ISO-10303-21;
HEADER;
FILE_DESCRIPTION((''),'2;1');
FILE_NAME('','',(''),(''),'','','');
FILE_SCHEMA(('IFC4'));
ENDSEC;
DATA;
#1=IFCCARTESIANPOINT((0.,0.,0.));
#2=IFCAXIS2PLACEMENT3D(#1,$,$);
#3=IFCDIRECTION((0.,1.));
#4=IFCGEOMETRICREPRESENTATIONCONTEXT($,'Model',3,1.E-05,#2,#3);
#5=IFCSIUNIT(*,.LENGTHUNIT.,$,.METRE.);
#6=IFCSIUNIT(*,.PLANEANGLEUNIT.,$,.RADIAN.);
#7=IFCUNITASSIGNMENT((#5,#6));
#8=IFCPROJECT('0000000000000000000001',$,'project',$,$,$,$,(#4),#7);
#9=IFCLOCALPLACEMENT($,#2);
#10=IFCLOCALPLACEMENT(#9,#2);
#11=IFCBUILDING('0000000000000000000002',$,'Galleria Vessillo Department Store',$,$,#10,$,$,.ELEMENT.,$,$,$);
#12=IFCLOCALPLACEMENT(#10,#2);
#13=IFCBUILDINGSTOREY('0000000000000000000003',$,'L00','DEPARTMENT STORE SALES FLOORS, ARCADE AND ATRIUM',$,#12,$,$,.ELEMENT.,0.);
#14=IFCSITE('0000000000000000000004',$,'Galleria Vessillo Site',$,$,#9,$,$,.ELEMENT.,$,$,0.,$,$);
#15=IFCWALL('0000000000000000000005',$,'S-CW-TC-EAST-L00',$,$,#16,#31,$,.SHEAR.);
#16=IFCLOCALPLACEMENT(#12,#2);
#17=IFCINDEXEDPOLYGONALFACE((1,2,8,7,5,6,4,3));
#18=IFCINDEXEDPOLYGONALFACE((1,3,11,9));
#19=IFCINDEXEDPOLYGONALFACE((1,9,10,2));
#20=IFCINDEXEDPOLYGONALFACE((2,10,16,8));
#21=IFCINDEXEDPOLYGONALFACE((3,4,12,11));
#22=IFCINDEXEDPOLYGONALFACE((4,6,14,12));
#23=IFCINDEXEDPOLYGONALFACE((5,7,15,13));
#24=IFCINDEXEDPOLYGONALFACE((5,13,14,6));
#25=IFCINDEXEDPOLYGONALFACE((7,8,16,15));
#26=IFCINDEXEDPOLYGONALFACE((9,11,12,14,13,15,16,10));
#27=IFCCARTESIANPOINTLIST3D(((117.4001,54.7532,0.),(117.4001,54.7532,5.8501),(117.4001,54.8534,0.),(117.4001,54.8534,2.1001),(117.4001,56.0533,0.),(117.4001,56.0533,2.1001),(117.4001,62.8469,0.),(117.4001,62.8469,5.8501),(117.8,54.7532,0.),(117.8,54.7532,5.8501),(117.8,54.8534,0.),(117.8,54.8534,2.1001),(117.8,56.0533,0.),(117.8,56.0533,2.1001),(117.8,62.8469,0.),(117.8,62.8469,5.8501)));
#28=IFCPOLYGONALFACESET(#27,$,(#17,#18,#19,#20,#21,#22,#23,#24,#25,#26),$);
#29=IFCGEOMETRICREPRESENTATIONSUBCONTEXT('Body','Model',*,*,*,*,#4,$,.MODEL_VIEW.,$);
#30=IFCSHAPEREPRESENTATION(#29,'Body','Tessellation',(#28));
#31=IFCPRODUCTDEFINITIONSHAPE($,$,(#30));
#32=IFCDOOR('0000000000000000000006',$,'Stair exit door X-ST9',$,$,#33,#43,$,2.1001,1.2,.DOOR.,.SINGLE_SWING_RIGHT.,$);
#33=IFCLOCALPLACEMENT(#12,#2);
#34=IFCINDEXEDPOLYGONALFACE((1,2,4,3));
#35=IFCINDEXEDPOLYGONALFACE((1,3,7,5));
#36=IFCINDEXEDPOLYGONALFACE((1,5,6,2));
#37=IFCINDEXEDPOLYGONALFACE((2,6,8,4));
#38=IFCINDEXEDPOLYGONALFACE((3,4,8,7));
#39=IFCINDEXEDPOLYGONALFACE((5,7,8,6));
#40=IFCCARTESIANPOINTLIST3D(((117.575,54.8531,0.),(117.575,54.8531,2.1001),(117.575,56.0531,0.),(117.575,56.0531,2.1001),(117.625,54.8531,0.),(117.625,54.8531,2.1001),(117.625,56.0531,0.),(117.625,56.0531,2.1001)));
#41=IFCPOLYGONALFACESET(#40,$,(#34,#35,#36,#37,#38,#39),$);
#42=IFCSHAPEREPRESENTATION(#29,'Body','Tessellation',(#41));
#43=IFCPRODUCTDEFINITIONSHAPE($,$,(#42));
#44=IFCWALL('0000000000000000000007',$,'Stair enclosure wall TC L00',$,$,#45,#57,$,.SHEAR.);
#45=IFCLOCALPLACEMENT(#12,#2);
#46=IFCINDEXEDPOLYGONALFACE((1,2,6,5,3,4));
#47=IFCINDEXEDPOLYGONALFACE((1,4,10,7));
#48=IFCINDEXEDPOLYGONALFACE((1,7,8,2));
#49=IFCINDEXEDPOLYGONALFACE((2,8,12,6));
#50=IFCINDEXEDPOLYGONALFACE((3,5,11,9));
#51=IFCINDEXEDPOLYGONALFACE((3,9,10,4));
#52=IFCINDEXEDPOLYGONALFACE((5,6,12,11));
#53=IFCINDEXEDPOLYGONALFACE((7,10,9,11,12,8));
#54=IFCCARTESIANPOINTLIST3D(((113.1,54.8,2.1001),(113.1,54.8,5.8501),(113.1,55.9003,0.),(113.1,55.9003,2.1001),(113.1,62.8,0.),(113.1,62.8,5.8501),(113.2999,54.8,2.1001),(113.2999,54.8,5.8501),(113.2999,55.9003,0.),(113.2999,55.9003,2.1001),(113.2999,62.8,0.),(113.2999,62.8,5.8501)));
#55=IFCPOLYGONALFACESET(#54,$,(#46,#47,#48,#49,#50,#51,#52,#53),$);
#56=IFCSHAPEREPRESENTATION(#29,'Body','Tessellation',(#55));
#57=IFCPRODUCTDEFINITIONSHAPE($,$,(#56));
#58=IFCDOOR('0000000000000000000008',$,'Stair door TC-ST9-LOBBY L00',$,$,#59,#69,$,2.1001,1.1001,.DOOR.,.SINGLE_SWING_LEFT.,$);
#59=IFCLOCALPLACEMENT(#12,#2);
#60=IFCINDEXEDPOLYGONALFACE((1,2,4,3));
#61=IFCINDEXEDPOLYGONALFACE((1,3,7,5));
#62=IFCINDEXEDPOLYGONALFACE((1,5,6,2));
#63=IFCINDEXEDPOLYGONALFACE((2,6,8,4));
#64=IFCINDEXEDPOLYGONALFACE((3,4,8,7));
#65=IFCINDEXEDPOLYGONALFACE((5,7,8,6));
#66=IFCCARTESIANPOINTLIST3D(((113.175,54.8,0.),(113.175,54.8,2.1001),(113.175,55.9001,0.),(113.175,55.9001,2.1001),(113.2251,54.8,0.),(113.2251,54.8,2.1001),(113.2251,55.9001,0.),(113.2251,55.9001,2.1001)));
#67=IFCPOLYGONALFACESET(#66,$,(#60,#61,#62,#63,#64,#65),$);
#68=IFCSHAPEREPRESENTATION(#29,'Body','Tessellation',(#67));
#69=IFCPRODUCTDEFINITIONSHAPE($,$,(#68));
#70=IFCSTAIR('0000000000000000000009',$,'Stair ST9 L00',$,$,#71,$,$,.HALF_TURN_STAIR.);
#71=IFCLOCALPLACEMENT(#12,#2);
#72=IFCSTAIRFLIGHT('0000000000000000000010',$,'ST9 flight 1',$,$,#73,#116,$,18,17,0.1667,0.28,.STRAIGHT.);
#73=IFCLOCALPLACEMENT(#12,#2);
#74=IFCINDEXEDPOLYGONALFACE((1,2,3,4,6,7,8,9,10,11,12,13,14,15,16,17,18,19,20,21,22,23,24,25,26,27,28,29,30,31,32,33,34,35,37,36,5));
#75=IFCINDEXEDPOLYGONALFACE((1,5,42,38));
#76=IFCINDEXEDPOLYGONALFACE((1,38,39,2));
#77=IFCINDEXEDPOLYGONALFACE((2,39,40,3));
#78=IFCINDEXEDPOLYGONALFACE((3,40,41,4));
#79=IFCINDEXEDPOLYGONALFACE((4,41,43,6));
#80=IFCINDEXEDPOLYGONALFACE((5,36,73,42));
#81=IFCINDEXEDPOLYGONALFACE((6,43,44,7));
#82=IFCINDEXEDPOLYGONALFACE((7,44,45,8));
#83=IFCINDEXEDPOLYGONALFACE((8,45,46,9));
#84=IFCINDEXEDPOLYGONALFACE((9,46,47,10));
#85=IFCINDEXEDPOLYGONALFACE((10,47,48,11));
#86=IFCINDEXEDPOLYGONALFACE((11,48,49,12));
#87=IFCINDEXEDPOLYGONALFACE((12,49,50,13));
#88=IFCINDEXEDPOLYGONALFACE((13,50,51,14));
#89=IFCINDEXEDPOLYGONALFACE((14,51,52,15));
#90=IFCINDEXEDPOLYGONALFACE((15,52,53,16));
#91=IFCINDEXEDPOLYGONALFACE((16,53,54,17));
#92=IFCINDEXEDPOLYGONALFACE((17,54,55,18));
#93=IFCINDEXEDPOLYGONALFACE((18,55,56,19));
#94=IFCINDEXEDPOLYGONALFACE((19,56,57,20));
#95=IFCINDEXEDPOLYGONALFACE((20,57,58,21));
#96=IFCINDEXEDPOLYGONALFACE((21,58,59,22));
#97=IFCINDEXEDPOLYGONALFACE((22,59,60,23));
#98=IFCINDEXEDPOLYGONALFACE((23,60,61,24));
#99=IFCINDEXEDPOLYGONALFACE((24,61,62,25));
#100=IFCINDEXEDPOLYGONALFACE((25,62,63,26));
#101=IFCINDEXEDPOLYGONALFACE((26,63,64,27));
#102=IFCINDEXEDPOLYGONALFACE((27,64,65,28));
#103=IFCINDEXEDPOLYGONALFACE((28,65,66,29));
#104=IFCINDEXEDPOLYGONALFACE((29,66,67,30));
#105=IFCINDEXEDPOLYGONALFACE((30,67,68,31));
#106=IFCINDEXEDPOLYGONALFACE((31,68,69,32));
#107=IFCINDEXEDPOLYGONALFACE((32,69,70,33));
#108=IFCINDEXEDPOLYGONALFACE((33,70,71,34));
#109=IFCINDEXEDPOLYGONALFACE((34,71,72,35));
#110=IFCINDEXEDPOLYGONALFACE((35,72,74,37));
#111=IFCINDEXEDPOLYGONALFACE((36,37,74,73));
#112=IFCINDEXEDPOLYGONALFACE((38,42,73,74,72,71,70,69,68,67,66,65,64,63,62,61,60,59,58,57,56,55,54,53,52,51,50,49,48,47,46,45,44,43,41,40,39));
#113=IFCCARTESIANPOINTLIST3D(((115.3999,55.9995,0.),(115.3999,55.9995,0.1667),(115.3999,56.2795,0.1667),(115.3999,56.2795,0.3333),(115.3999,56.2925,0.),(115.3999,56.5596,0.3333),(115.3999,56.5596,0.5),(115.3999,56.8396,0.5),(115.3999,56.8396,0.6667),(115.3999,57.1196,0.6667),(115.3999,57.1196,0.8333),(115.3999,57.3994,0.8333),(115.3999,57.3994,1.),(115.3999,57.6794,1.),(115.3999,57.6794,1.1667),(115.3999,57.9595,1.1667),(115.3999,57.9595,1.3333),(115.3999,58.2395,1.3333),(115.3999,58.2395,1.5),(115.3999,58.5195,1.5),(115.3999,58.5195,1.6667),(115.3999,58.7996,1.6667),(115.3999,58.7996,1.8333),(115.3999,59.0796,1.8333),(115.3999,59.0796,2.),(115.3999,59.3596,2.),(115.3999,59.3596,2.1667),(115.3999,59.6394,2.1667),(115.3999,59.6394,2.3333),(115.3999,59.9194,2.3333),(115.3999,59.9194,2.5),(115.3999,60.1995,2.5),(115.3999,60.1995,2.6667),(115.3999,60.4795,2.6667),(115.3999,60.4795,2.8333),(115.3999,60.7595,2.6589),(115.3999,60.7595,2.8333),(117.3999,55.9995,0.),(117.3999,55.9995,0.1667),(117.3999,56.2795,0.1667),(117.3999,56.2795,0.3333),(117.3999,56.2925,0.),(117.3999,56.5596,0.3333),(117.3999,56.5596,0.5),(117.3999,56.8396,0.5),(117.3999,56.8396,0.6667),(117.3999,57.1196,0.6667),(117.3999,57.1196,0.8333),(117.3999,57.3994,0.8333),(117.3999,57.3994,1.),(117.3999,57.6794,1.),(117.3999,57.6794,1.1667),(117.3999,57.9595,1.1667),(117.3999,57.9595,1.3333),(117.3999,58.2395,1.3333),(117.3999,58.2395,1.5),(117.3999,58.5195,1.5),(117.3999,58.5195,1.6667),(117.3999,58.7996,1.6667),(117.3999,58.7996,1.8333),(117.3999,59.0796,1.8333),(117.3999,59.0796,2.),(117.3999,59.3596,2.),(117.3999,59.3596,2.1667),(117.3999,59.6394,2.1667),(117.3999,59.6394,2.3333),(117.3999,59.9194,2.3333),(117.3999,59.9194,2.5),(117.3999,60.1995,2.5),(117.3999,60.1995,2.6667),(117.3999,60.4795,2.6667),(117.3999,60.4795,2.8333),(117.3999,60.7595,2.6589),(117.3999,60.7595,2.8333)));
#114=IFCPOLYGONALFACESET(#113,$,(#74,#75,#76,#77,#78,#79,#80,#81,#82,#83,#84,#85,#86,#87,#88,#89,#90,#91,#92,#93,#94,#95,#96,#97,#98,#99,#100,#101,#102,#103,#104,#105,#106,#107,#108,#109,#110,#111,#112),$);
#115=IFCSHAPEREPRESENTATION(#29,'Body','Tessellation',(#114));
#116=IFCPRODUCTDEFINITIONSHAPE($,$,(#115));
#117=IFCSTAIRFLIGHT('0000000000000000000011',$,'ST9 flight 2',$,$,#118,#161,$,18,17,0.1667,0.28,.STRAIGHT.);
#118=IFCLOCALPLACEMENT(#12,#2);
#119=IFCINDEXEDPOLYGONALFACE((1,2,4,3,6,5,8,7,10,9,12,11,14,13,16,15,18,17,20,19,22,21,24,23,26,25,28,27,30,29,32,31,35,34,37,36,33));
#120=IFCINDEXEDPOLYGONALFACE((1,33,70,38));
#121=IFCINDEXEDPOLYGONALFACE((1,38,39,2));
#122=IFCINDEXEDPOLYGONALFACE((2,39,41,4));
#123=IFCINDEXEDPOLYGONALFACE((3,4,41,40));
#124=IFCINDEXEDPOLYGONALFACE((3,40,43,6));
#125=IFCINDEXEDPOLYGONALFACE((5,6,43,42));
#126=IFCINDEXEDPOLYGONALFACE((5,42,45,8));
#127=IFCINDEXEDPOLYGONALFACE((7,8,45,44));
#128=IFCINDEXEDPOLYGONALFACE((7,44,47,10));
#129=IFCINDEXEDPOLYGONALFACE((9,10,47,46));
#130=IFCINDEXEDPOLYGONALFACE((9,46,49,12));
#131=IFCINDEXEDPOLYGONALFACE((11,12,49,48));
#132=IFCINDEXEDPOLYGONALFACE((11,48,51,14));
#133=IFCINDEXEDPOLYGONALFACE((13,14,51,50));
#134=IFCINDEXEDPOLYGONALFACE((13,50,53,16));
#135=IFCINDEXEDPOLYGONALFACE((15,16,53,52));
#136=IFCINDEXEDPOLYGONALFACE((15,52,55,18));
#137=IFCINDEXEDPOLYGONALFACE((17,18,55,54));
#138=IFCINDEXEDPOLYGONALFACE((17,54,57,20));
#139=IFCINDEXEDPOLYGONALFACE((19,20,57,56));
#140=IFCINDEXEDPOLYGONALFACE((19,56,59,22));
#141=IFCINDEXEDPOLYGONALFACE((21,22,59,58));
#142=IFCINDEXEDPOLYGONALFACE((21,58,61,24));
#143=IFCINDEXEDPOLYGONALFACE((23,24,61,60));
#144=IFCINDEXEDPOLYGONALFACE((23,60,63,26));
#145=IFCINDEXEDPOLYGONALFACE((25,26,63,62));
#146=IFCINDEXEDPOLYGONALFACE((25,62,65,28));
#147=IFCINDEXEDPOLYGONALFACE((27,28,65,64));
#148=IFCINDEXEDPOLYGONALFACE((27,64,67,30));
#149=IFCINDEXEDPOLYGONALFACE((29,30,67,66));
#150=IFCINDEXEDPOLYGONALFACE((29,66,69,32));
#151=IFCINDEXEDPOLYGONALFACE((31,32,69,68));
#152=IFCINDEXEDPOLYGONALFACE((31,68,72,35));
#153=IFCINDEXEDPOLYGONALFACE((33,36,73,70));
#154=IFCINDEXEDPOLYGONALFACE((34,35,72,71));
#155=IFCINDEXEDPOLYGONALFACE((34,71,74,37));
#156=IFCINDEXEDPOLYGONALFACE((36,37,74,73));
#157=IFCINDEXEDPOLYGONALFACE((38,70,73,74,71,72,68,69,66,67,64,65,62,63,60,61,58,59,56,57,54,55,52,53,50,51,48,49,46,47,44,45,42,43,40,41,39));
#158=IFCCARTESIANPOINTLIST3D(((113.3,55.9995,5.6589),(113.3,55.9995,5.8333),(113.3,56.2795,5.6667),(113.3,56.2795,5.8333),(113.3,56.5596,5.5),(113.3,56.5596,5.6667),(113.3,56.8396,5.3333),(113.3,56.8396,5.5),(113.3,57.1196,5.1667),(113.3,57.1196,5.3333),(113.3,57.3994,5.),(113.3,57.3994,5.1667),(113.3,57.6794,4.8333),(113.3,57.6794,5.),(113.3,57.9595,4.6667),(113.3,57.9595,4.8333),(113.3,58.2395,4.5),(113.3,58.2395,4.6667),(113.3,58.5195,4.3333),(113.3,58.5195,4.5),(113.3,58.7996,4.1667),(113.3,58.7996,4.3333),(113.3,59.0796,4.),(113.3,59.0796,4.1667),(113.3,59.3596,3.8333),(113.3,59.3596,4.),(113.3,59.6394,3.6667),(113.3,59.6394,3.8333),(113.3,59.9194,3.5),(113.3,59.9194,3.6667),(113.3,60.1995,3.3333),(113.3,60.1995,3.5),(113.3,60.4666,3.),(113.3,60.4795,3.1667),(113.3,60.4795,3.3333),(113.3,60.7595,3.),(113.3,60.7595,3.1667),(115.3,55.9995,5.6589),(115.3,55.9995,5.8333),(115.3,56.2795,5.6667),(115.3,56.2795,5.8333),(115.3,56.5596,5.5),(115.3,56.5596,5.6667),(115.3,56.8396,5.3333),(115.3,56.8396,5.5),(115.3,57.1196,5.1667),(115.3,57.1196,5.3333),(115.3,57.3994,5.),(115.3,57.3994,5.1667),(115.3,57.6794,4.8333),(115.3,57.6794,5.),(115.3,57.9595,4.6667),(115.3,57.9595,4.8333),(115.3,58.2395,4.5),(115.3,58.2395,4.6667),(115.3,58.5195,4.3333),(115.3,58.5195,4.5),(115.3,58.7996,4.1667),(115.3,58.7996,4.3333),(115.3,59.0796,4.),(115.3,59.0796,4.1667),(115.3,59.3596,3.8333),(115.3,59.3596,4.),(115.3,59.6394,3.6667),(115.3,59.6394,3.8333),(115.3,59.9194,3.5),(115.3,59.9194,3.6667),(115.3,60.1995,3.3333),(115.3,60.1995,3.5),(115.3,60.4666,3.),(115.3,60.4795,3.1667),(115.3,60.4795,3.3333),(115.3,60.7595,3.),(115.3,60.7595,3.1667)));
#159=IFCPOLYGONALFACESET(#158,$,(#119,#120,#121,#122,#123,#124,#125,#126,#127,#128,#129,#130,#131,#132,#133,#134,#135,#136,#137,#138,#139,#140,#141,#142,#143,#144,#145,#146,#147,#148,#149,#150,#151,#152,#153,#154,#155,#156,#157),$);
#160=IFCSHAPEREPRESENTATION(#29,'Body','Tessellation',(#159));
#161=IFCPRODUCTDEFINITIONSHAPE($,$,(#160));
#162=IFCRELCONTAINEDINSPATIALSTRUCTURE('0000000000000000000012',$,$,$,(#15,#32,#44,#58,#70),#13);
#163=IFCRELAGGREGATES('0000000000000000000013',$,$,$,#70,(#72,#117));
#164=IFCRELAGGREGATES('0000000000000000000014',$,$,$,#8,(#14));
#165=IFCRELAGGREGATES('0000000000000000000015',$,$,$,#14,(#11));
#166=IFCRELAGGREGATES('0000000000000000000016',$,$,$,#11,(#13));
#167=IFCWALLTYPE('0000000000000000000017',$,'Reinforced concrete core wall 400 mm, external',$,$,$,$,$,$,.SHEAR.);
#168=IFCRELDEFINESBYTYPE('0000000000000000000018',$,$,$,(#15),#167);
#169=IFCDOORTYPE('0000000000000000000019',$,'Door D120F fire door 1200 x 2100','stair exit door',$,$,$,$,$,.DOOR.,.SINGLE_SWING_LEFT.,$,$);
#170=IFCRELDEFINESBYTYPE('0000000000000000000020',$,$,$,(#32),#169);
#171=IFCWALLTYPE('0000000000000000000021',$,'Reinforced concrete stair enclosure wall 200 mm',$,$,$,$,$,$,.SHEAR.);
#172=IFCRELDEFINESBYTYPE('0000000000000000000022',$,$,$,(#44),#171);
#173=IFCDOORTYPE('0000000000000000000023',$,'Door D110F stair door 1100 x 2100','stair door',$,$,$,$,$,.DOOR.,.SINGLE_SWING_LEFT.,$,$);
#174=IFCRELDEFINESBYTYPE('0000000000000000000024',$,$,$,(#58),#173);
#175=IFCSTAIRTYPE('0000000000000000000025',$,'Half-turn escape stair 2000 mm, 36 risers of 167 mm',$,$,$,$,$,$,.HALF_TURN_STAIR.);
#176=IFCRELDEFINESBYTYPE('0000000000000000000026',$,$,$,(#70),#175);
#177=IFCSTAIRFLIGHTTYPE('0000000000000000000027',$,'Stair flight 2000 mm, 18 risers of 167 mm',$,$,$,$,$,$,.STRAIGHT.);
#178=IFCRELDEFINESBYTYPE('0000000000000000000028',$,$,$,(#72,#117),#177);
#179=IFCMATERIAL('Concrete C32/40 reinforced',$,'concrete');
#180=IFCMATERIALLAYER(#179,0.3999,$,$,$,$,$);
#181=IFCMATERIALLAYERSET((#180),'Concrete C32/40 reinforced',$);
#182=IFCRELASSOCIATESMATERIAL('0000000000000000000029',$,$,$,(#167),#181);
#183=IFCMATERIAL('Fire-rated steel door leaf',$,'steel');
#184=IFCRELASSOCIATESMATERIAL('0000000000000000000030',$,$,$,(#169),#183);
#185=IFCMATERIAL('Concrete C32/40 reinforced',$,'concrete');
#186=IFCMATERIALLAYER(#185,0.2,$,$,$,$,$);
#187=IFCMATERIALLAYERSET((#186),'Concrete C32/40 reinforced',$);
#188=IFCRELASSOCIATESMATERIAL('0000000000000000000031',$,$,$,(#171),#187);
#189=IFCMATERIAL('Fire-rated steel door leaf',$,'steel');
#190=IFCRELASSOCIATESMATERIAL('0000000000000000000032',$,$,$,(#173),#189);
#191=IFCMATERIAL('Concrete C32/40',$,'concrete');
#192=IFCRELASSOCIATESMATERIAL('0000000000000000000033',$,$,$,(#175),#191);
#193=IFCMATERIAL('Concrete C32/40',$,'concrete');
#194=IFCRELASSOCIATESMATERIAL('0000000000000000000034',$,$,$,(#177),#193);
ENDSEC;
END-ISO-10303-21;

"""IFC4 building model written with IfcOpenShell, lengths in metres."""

from ifc_helpers import new_model, si_unit, direction, frame, frame_2d, origin, place, context, subcontext, project, spatial, polyline, rectangle, outline, extrude, material, layer, layer_set, type_object, element, fill, aggregate, save


model = new_model("IFC4")

# Units and contexts
model_context = context("Model", 3, precision=1e-05, world=origin(), true_north=direction((0.0, 1.0)))
body_context = subcontext(model_context, "Body", "Model", "MODEL_VIEW")
ifc_project = project(units=[si_unit("LENGTHUNIT", "METRE"), si_unit("PLANEANGLEUNIT", "RADIAN")], contexts=[model_context])

# Site, building, storey
site_placement = place(None, origin())
site = spatial("IfcSite", under=ifc_project, at=site_placement, Name="Galleria Vessillo Site", CompositionType="ELEMENT", RefElevation=0.0)
building_placement = place(site_placement, origin())
building = spatial("IfcBuilding", under=site, at=building_placement, Name="Galleria Vessillo Department Store", CompositionType="ELEMENT")
storey_placement = place(building_placement, origin())
storey = spatial("IfcBuildingStorey", under=building, at=storey_placement, Name="L00", Description="DEPARTMENT STORE SALES FLOORS, ARCADE AND ATRIUM", CompositionType="ELEMENT", Elevation=0.0)

# Walls, openings, doors
ifc_material_1 = material(Name="Concrete C32/40 reinforced", Category="concrete")
ifc_layer_1 = layer(ifc_material_1, 0.3999)
ifc_layer_set_1 = layer_set([ifc_layer_1], Name="Concrete C32/40 reinforced")
wall_type_1 = type_object("IfcWallType", Name="Reinforced concrete core wall 400 mm, external", PredefinedType="SHEAR", material=ifc_layer_set_1)
wall_1_placement = place(storey_placement, frame((117.6001, 54.7532, 0.0), z_axis=(0.0, 0.0, 1.0), x_axis=(0.0, 1.0, 0.0)))
wall_1 = element("IfcWall", 1, at=wall_1_placement, inside=storey, type_object=wall_type_1, Name="S-CW-TC-EAST-L00", PredefinedType="SHEAR", context=body_context, shape_type="SweptSolid", body=[
    extrude(rectangle(XDim=8.0938, YDim=0.3999, at=frame_2d((4.0469, 0.0))), origin(), (0.0, 0.0, 1.0), 5.8501),
])
opening_1_placement = place(wall_1_placement, frame((0.1001, 0.0, 0.0)))
opening_1 = element("IfcOpeningElement", 2, at=opening_1_placement, cuts=wall_1, PredefinedType="OPENING", context=body_context, shape_type="SweptSolid", body=[
    extrude(rectangle(XDim=1.2, YDim=2.1001, at=frame_2d((0.6001, 1.05))), frame((0.0, 0.21, 0.0), z_axis=(0.0, -1.0, 0.0), x_axis=(1.0, 0.0, 0.0)), (0.0, 0.0, 1.0), 0.4199),
])
ifc_material_2 = material(Name="Fire-rated steel door leaf", Category="steel")
door_type_1 = type_object("IfcDoorType", Name="Door D120F fire door 1200 x 2100", Description="stair exit door", OperationType="SINGLE_SWING_LEFT", PredefinedType="DOOR", material=ifc_material_2)
door_1_placement = place(opening_1_placement, frame((1.2, 0.0, 0.0), z_axis=(0.0, 0.0, 1.0), x_axis=(-1.0, 0.0, 0.0)))
door_1 = element("IfcDoor", 3, at=door_1_placement, inside=storey, type_object=door_type_1, Name="Stair exit door X-ST9", OperationType="SINGLE_SWING_RIGHT", OverallHeight=2.1001, OverallWidth=1.2, PredefinedType="DOOR", context=body_context, shape_type="SweptSolid", body=[
    extrude(rectangle(XDim=1.2, YDim=2.1001, at=frame_2d((0.6001, 1.05))), frame((0.0, 0.0249, 0.0), z_axis=(0.0, -1.0, 0.0), x_axis=(1.0, 0.0, 0.0)), (0.0, 0.0, 1.0), 0.05),
])
fill(opening_1, door_1)
ifc_material_3 = material(Name="Concrete C32/40 reinforced", Category="concrete")
ifc_layer_2 = layer(ifc_material_3, 0.2)
ifc_layer_set_2 = layer_set([ifc_layer_2], Name="Concrete C32/40 reinforced")
wall_type_2 = type_object("IfcWallType", Name="Reinforced concrete stair enclosure wall 200 mm", PredefinedType="SHEAR", material=ifc_layer_set_2)
wall_2_placement = place(storey_placement, frame((113.2, 62.8, 0.0), z_axis=(0.0, 0.0, 1.0), x_axis=(0.0, -1.0, 0.0)))
wall_2 = element("IfcWall", 4, at=wall_2_placement, inside=storey, type_object=wall_type_2, Name="Stair enclosure wall TC L00", PredefinedType="SHEAR", context=body_context, shape_type="SweptSolid", body=[
    extrude(rectangle(XDim=8.0, YDim=0.2, at=frame_2d((4.0, 0.0))), origin(), (0.0, 0.0, 1.0), 5.8501),
])
opening_2_placement = place(wall_2_placement, frame((6.8999, 0.0, 0.0)))
opening_2 = element("IfcOpeningElement", 5, at=opening_2_placement, cuts=wall_2, PredefinedType="OPENING", context=body_context, shape_type="SweptSolid", body=[
    extrude(rectangle(XDim=1.1101, YDim=2.1001, at=frame_2d((0.5549, 1.05))), frame((0.0, 0.1099, 0.0), z_axis=(0.0, -1.0, 0.0), x_axis=(1.0, 0.0, 0.0)), (0.0, 0.0, 1.0), 0.22),
])
ifc_material_4 = material(Name="Fire-rated steel door leaf", Category="steel")
door_type_2 = type_object("IfcDoorType", Name="Door D110F stair door 1100 x 2100", Description="stair door", OperationType="SINGLE_SWING_LEFT", PredefinedType="DOOR", material=ifc_material_4)
door_2_placement = place(opening_2_placement, frame((1.1001, 0.0, 0.0), z_axis=(0.0, 0.0, 1.0), x_axis=(-1.0, 0.0, 0.0)))
door_2 = element("IfcDoor", 6, at=door_2_placement, inside=storey, type_object=door_type_2, Name="Stair door TC-ST9-LOBBY L00", OperationType="SINGLE_SWING_LEFT", OverallHeight=2.1001, OverallWidth=1.1001, PredefinedType="DOOR", context=body_context, shape_type="SweptSolid", body=[
    extrude(rectangle(XDim=1.1001, YDim=2.1001, at=frame_2d((0.55, 1.05))), frame((0.0, 0.0249, 0.0), z_axis=(0.0, -1.0, 0.0), x_axis=(1.0, 0.0, 0.0)), (0.0, 0.0, 1.0), 0.05),
])
fill(opening_2, door_2)

# Stair, stair flights
ifc_material_5 = material(Name="Concrete C32/40", Category="concrete")
stair_type = type_object("IfcStairType", Name="Half-turn escape stair 2000 mm, 36 risers of 167 mm", PredefinedType="HALF_TURN_STAIR", material=ifc_material_5)
stair_placement = place(storey_placement, origin())
stair = element("IfcStair", 7, at=stair_placement, inside=storey, type_object=stair_type, Name="Stair ST9 L00", PredefinedType="HALF_TURN_STAIR")
ifc_material_6 = material(Name="Concrete C32/40", Category="concrete")
stair_flight_type = type_object("IfcStairFlightType", Name="Stair flight 2000 mm, 18 risers of 167 mm", PredefinedType="STRAIGHT", material=ifc_material_6)
stair_flight_1_placement = place(storey_placement, frame((116.3999, 55.9995, 0.0), z_axis=(0.0, 0.0, 1.0), x_axis=(0.0, 1.0, 0.0)))
stair_flight_1 = element("IfcStairFlight", 8, at=stair_flight_1_placement, type_object=stair_flight_type, Name="ST9 flight 1", NumberOfRisers=18, NumberOfTreads=17, PredefinedType="STRAIGHT", RiserHeight=0.1667, TreadLength=0.28, context=body_context, shape_type="SweptSolid", body=[
    extrude(outline(polyline([(0.0, 0.0), (0.0, 0.1667), (0.28, 0.1667), (0.28, 0.3333), (0.5601, 0.3333), (0.5601, 0.5), (0.8401, 0.5), (0.8401, 0.6667), (1.1201, 0.6667), (1.1201, 0.8333), (1.3999, 0.8333), (1.3999, 1.0), (1.6799, 1.0), (1.6799, 1.1667), (1.96, 1.1667), (1.96, 1.3333), (2.24, 1.3333), (2.24, 1.5), (2.52, 1.5), (2.52, 1.6667), (2.8, 1.6667), (2.8, 1.8333), (3.0801, 1.8333), (3.0801, 2.0), (3.3601, 2.0), (3.3601, 2.1667), (3.6399, 2.1667), (3.6399, 2.3333), (3.9199, 2.3333), (3.9199, 2.5), (4.2, 2.5), (4.2, 2.6667), (4.48, 2.6667), (4.48, 2.8333), (4.76, 2.8333), (4.76, 3.0), (4.76, 2.6589), (0.293, 0.0), (0.0, 0.0)])), frame((0.0, 1.0, 0.0), z_axis=(0.0, -1.0, 0.0), x_axis=(1.0, 0.0, 0.0)), (0.0, 0.0, 1.0), 2.0),
])
stair_flight_2_placement = place(storey_placement, frame((114.3, 60.7595, 3.0), z_axis=(0.0, 0.0, 1.0), x_axis=(0.0, -1.0, 0.0)))
stair_flight_2 = element("IfcStairFlight", 9, at=stair_flight_2_placement, type_object=stair_flight_type, Name="ST9 flight 2", NumberOfRisers=18, NumberOfTreads=17, PredefinedType="STRAIGHT", RiserHeight=0.1667, TreadLength=0.28, context=body_context, shape_type="SweptSolid", body=[
    extrude(outline(polyline([(0.0, 0.0), (0.0, 0.1667), (0.28, 0.1667), (0.28, 0.3333), (0.5601, 0.3333), (0.5601, 0.5), (0.8401, 0.5), (0.8401, 0.6667), (1.1201, 0.6667), (1.1201, 0.8333), (1.3999, 0.8333), (1.3999, 1.0), (1.6799, 1.0), (1.6799, 1.1667), (1.96, 1.1667), (1.96, 1.3333), (2.24, 1.3333), (2.24, 1.5), (2.52, 1.5), (2.52, 1.6667), (2.8, 1.6667), (2.8, 1.8333), (3.0801, 1.8333), (3.0801, 2.0), (3.3601, 2.0), (3.3601, 2.1667), (3.6399, 2.1667), (3.6399, 2.3333), (3.9199, 2.3333), (3.9199, 2.5), (4.2, 2.5), (4.2, 2.6667), (4.48, 2.6667), (4.48, 2.8333), (4.76, 2.8333), (4.76, 3.0), (4.76, 2.6589), (0.293, 0.0), (0.0, 0.0)])), frame((0.0, 1.0, 0.0), z_axis=(0.0, -1.0, 0.0), x_axis=(1.0, 0.0, 0.0)), (0.0, 0.0, 1.0), 2.0),
])
aggregate(stair, [stair_flight_1, stair_flight_2])

save(model, "model.ifc")
